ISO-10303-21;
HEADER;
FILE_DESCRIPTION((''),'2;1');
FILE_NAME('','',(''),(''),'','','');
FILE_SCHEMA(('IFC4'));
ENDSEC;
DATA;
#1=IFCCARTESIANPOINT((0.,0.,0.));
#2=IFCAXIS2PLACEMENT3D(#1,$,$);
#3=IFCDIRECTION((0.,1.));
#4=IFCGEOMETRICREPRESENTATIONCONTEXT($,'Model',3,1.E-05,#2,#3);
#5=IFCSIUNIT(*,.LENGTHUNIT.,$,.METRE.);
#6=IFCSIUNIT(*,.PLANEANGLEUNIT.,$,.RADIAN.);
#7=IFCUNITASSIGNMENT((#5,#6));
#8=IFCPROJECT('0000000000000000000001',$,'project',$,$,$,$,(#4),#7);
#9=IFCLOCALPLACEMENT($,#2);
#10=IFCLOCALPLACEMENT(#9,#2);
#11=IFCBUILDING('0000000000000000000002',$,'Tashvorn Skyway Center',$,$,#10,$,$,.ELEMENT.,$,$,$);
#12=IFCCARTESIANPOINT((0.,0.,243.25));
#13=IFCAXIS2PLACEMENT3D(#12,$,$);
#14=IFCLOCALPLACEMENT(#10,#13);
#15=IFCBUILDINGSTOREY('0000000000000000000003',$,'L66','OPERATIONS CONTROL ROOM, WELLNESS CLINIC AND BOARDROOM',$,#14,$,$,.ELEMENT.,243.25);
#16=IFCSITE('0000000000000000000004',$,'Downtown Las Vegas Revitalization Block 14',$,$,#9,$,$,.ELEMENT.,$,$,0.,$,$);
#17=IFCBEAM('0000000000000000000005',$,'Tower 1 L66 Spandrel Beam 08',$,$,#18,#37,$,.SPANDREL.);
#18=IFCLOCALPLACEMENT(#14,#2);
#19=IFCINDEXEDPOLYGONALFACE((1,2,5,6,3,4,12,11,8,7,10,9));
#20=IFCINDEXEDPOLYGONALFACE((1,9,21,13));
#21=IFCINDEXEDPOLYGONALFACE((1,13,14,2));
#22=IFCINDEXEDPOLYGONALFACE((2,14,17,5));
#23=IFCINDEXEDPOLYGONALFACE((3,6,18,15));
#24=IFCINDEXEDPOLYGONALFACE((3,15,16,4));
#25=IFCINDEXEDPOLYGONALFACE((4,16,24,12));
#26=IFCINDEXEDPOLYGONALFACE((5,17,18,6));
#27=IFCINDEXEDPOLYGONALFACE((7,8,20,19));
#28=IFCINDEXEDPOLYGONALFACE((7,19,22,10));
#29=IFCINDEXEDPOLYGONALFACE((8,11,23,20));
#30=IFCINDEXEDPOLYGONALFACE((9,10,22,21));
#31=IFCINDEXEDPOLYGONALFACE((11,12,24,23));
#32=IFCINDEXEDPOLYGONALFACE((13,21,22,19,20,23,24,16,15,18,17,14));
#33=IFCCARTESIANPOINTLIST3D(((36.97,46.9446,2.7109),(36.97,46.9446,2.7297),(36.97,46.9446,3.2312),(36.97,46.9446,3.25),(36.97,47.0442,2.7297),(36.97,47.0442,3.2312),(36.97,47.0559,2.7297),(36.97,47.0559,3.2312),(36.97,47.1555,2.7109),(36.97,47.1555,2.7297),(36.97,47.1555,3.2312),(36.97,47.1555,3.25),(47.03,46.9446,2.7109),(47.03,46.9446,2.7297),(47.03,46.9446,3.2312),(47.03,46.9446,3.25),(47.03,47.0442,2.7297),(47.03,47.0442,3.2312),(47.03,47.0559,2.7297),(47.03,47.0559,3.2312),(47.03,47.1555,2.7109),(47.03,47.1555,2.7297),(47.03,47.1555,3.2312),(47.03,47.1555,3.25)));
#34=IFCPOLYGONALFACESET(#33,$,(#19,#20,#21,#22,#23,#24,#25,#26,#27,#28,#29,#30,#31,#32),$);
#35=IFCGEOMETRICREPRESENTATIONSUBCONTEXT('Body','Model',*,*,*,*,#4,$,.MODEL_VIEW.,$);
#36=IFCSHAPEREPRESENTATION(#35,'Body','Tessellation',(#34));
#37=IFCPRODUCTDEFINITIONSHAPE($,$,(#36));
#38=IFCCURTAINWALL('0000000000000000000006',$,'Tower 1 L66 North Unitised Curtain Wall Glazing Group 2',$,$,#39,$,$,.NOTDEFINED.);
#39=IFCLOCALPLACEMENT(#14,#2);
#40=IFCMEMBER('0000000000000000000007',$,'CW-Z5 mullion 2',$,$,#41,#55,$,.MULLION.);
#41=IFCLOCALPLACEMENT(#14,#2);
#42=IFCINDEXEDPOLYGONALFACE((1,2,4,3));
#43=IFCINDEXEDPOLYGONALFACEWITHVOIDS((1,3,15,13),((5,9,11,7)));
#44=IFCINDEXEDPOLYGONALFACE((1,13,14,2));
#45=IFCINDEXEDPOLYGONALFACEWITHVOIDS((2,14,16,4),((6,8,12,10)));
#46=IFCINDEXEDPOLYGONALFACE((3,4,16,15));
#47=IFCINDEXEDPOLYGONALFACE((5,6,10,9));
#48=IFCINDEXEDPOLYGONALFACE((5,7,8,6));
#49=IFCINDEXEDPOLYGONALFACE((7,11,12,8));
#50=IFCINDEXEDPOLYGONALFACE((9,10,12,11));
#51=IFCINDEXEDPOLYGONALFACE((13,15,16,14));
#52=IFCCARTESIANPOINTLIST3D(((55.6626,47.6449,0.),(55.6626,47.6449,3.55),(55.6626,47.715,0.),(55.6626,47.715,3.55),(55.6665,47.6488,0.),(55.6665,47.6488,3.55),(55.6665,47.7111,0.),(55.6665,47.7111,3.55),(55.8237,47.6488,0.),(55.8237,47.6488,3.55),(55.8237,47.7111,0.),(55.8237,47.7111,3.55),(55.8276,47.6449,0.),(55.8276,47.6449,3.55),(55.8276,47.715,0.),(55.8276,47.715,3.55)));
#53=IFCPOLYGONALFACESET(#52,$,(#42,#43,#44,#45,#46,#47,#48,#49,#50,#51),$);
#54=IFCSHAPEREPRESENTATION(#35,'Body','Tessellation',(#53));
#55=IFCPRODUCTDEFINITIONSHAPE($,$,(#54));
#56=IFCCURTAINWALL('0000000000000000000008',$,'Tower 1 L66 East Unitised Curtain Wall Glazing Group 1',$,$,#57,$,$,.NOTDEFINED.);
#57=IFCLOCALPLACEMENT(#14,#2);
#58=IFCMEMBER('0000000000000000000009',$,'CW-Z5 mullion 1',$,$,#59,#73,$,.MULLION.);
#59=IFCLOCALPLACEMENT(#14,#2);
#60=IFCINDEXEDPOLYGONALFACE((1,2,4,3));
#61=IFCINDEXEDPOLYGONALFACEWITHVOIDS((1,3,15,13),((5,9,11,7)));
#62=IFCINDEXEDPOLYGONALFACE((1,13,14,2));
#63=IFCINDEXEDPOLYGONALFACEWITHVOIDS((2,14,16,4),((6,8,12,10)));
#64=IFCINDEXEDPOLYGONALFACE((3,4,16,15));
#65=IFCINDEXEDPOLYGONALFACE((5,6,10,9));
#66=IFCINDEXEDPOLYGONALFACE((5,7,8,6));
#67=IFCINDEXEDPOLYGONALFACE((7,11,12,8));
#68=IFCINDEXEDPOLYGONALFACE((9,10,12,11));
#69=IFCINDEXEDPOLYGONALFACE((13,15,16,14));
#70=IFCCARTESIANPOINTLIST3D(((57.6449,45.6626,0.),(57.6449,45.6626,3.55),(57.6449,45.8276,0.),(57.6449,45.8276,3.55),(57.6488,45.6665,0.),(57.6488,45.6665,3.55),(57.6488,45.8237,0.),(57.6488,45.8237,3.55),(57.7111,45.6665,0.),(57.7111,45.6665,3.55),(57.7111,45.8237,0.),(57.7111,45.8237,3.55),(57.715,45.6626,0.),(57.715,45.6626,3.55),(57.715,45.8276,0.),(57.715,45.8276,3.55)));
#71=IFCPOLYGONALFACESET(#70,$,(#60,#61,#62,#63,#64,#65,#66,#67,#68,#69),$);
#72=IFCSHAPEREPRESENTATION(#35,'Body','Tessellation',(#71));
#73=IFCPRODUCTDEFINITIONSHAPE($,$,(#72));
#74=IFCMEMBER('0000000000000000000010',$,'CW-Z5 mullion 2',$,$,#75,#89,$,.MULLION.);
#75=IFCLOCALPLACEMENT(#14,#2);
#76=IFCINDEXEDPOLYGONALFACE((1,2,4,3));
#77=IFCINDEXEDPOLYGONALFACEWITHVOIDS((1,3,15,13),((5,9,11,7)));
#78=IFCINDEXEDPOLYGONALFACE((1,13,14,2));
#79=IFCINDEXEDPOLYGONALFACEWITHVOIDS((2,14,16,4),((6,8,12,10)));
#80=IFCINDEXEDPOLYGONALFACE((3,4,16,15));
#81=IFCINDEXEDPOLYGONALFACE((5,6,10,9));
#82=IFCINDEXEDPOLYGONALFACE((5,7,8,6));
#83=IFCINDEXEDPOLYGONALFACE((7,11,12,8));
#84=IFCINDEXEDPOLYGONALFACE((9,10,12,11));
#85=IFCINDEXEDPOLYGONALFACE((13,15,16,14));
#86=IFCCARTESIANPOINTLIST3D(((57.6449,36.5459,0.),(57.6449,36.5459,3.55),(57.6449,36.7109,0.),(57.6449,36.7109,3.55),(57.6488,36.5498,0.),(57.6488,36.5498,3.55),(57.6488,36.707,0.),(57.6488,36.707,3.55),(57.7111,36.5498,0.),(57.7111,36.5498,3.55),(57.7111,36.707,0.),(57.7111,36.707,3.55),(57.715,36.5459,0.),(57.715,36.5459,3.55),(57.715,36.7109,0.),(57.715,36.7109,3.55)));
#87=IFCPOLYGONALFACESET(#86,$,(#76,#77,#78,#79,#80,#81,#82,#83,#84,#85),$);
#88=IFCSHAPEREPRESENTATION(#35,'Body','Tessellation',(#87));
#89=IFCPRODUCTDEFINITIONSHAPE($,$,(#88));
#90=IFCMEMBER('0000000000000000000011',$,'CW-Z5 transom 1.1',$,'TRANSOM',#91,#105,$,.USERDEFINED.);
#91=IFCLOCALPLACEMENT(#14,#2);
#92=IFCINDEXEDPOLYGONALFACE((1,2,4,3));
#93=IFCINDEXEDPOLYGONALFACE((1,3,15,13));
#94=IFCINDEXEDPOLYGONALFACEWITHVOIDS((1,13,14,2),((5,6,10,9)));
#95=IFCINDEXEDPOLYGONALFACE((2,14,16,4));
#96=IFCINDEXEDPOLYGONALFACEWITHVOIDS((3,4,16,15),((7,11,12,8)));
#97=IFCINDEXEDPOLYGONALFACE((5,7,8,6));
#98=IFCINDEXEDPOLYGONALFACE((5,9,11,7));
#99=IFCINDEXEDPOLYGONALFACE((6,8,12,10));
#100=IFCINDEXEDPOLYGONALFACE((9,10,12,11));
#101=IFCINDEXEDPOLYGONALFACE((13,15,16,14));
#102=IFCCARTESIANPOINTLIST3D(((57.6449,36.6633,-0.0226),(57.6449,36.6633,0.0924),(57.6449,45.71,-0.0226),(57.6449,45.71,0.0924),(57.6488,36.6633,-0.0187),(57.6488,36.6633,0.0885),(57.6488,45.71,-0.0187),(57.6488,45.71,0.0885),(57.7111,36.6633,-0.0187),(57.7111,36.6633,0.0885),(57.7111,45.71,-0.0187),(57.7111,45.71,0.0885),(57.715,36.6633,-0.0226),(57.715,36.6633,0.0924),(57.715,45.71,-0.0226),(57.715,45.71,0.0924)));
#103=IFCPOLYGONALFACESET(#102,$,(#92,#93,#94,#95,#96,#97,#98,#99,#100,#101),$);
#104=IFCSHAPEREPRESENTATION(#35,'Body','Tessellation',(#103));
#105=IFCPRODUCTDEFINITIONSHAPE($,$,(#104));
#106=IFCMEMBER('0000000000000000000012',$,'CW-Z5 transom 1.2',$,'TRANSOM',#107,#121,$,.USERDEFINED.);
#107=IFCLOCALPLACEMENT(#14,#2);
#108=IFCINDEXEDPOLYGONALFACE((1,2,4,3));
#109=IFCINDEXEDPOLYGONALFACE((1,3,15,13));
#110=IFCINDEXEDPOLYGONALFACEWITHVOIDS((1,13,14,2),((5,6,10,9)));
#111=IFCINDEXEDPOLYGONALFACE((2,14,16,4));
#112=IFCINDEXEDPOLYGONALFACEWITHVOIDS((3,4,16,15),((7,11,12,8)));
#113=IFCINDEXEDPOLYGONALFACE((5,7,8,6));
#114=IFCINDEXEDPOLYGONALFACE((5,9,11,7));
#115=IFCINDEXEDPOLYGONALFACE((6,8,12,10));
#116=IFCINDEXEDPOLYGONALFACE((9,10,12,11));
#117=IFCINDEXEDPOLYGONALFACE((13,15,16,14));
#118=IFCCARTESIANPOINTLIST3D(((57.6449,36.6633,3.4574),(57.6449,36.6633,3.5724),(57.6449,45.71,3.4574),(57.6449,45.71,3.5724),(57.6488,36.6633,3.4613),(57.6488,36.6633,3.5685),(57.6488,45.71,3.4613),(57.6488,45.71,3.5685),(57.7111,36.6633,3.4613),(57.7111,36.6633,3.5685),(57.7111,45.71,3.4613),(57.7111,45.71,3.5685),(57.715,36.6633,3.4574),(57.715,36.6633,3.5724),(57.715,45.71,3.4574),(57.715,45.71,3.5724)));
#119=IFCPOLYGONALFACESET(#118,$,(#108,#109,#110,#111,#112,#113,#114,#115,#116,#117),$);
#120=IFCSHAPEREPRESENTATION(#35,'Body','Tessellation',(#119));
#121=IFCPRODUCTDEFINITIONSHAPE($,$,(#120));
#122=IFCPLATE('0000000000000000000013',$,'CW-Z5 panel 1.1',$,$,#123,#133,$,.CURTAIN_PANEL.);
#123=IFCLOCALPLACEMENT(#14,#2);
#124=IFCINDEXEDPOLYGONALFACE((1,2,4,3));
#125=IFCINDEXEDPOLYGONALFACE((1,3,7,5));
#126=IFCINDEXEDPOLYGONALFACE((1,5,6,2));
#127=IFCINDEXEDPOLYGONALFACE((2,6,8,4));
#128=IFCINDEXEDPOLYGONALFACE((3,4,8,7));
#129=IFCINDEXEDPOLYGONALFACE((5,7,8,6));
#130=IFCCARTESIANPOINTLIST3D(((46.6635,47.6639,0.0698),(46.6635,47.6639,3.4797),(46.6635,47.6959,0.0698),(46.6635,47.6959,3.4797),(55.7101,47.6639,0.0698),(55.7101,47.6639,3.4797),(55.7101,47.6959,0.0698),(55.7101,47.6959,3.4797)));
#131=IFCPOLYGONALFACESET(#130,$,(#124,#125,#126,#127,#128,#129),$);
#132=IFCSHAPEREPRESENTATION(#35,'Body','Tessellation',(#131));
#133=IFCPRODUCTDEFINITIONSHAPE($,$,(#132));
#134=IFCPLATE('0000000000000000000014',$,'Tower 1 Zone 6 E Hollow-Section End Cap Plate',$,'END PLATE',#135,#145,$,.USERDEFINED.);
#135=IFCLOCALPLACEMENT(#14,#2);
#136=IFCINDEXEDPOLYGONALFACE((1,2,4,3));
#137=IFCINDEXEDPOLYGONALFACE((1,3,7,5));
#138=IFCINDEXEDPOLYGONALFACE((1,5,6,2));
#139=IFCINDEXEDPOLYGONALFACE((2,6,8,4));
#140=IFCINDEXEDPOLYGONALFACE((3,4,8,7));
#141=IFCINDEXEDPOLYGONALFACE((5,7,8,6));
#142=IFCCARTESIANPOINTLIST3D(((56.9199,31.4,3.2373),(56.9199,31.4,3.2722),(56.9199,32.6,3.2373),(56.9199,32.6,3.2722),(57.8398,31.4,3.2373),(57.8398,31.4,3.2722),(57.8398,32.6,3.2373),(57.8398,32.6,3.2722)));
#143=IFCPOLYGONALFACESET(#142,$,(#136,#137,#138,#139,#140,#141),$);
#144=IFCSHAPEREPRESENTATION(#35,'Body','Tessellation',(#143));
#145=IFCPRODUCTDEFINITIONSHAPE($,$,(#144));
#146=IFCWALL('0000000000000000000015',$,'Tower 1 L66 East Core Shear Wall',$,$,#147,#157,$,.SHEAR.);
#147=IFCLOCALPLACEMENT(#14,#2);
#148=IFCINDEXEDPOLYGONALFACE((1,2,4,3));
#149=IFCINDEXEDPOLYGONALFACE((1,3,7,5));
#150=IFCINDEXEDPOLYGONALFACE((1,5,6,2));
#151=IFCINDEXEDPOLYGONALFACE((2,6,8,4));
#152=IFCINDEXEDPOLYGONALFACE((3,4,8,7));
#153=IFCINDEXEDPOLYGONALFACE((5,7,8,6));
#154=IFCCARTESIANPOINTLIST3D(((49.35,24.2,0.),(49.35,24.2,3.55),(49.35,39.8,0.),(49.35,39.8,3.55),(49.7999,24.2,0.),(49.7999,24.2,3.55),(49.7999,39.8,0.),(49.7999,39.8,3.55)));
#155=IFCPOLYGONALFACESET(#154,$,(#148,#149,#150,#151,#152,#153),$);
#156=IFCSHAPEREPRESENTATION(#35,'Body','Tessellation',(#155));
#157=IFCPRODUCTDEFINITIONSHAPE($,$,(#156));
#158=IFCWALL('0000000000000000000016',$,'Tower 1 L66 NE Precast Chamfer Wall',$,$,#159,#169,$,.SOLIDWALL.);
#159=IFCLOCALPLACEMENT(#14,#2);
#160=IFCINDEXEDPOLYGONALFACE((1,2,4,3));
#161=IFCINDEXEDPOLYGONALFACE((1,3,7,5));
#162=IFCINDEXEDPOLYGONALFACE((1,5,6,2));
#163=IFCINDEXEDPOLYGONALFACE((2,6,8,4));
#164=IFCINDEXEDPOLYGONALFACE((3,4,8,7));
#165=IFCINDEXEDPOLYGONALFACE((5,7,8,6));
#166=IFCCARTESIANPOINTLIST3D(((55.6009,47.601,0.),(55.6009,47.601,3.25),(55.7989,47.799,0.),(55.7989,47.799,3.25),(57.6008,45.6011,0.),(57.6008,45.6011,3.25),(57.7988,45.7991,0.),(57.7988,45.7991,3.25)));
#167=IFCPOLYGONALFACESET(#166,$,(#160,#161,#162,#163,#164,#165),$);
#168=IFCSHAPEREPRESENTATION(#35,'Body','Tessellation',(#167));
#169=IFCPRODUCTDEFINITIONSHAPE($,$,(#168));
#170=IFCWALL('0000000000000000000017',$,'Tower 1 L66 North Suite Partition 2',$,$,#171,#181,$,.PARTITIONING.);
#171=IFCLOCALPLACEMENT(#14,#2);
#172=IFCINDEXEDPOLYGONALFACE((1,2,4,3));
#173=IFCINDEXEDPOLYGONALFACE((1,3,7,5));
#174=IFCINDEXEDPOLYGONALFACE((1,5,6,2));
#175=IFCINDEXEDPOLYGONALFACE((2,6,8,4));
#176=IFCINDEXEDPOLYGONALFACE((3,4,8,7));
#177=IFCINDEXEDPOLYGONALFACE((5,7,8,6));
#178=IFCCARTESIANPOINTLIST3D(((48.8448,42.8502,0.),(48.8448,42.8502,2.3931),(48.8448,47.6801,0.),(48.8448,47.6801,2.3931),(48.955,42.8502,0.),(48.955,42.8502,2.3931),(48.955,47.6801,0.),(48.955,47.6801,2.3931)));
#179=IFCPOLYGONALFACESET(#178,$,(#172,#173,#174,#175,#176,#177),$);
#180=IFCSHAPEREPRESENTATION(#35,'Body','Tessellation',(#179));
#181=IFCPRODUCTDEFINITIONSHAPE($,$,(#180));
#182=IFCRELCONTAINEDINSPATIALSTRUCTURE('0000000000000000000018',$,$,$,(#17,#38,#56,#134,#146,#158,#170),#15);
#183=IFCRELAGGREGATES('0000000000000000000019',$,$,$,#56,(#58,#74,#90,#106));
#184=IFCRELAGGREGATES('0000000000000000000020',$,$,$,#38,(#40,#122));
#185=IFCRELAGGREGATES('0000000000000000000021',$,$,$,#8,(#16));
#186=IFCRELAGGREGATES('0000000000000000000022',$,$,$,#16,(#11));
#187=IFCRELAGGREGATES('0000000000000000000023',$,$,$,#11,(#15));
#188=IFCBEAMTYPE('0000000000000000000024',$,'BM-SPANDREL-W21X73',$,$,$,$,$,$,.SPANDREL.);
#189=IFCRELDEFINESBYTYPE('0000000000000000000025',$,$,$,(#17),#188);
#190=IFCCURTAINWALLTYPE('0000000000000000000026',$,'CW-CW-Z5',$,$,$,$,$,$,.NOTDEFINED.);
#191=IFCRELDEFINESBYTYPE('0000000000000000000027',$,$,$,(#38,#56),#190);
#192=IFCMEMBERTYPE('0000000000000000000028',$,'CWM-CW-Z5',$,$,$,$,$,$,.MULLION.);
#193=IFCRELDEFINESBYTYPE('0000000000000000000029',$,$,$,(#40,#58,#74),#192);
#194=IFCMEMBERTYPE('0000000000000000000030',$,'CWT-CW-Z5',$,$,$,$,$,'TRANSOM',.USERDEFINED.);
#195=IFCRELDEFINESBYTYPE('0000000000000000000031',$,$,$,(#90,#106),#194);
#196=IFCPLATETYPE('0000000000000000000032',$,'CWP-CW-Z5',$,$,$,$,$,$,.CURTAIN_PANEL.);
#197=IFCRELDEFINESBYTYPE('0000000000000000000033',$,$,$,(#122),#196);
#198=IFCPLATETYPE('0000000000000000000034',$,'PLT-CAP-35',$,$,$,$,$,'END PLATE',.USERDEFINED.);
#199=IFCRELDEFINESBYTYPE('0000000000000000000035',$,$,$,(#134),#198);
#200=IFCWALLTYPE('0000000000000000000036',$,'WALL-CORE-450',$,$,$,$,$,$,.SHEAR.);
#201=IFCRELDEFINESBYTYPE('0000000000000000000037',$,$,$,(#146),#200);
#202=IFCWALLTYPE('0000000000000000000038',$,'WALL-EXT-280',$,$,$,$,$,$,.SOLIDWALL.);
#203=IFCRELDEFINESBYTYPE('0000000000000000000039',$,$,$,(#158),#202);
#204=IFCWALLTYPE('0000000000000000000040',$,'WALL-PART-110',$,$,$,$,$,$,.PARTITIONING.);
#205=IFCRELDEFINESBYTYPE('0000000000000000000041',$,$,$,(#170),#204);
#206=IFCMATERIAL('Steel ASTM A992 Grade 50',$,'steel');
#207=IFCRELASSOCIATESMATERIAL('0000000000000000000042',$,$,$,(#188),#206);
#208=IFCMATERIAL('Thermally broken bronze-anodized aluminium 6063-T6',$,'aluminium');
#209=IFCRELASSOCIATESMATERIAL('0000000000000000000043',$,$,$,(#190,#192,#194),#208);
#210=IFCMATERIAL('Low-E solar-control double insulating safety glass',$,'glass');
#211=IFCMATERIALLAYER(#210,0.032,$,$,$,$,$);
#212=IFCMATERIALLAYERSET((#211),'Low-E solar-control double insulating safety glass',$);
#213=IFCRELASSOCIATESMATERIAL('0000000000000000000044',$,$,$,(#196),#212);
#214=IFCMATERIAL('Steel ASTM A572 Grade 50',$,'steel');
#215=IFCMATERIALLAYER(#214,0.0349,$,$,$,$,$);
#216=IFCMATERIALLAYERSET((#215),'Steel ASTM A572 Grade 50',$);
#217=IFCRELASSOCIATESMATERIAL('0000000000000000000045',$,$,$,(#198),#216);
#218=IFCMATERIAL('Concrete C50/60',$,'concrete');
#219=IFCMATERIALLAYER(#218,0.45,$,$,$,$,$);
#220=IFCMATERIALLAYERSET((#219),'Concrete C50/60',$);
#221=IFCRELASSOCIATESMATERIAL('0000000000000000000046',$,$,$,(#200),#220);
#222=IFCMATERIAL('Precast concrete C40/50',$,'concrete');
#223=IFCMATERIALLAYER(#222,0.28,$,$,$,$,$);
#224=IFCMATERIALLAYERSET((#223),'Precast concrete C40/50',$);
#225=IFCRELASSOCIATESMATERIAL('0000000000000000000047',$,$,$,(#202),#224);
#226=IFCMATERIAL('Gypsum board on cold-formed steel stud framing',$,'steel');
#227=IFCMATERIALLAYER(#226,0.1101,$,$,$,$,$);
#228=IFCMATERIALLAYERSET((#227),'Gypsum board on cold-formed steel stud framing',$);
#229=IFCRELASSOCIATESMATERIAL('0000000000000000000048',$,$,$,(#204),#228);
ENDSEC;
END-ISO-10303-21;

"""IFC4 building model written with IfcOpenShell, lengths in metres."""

from ifc_helpers import new_model, si_unit, direction, frame, frame_2d, origin, origin_2d, place, context, subcontext, project, spatial, rectangle, hollow_rectangle, i_section, extrude, material, layer, layer_set, material_profile, profile_set, type_object, element, aggregate, save


model = new_model("IFC4")

# Units and contexts
model_context = context("Model", 3, precision=1e-05, world=origin(), true_north=direction((0.0, 1.0)))
body_context = subcontext(model_context, "Body", "Model", "MODEL_VIEW")
ifc_project = project(units=[si_unit("LENGTHUNIT", "METRE"), si_unit("PLANEANGLEUNIT", "RADIAN")], contexts=[model_context])

# Site, building, storey
site_placement = place(None, origin())
site = spatial("IfcSite", under=ifc_project, at=site_placement, Name="Downtown Las Vegas Revitalization Block 14", CompositionType="ELEMENT", RefElevation=0.0)
building_placement = place(site_placement, origin())
building = spatial("IfcBuilding", under=site, at=building_placement, Name="Tashvorn Skyway Center", CompositionType="ELEMENT")
storey_placement = place(building_placement, frame((0.0, 0.0, 243.25)))
storey = spatial("IfcBuildingStorey", under=building, at=storey_placement, Name="L66", Description="OPERATIONS CONTROL ROOM, WELLNESS CLINIC AND BOARDROOM", CompositionType="ELEMENT", Elevation=243.25)

# Shared definitions
ifc_material_1 = material(Name="Steel ASTM A572 Grade 50", Category="steel")

# Beam
ifc_material_2 = material(Name="Steel ASTM A992 Grade 50", Category="steel")
ifc_material_profile_1 = material_profile(ifc_material_2, i_section(OverallWidth=0.2109, OverallDepth=0.5391, WebThickness=0.0117, FlangeThickness=0.0188, at=origin_2d()), Name="W21X73")
ifc_profile_set_1 = profile_set([ifc_material_profile_1], Name="Steel ASTM A992 Grade 50")
beam_type_1 = type_object("IfcBeamType", Name="BM-SPANDREL-W21X73", PredefinedType="SPANDREL", material=ifc_profile_set_1)
beam_1_placement = place(storey_placement, frame((47.03, 47.05, 2.9805), z_axis=(-1.0, 0.0, 0.0), x_axis=(0.0, -1.0, 0.0)))
element("IfcBeam", 1, at=beam_1_placement, inside=storey, type_object=beam_type_1, Name="Tower 1 L66 Spandrel Beam 08", PredefinedType="SPANDREL", context=body_context, shape_type="SweptSolid", body=[
    extrude(i_section(OverallWidth=0.2109, OverallDepth=0.5391, WebThickness=0.0117, FlangeThickness=0.0188, at=origin_2d()), origin(), (0.0, 0.0, 1.0), 10.0601),
])

# Curtain wall, member
ifc_material_3 = material(Name="Thermally broken bronze-anodized aluminium 6063-T6", Category="aluminium")
curtain_wall_type = type_object("IfcCurtainWallType", Name="CW-CW-Z5", PredefinedType="NOTDEFINED", material=ifc_material_3)
curtain_wall_1_placement = place(storey_placement, origin())
curtain_wall_1 = element("IfcCurtainWall", 2, at=curtain_wall_1_placement, inside=storey, type_object=curtain_wall_type, Name="Tower 1 L66 North Unitised Curtain Wall Glazing Group 2", PredefinedType="NOTDEFINED")
ifc_material_profile_2 = material_profile(ifc_material_3, hollow_rectangle(XDim=0.0701, YDim=0.165, WallThickness=0.0039, at=origin_2d()), Name="ALU-MULL-70x165")
ifc_profile_set_2 = profile_set([ifc_material_profile_2], Name="Thermally broken bronze-anodized aluminium 6063-T6")
member_type_1 = type_object("IfcMemberType", Name="CWM-CW-Z5", PredefinedType="MULLION", material=ifc_profile_set_2)
member_1_placement = place(storey_placement, frame((55.7451, 47.6799, 0.0), z_axis=(0.0, 0.0, 1.0), x_axis=(0.0, 1.0, 0.0)))
member_1 = element("IfcMember", 3, at=member_1_placement, type_object=member_type_1, Name="CW-Z5 mullion 2", PredefinedType="MULLION", context=body_context, shape_type="SweptSolid", body=[
    extrude(hollow_rectangle(XDim=0.0701, YDim=0.165, WallThickness=0.0039, at=origin_2d()), origin(), (0.0, 0.0, 1.0), 3.55),
])

# Curtain wall, members
curtain_wall_2_placement = place(storey_placement, origin())
curtain_wall_2 = element("IfcCurtainWall", 4, at=curtain_wall_2_placement, inside=storey, type_object=curtain_wall_type, Name="Tower 1 L66 East Unitised Curtain Wall Glazing Group 1", PredefinedType="NOTDEFINED")
member_2_placement = place(storey_placement, frame((57.6799, 45.7451, 0.0), z_axis=(0.0, 0.0, 1.0), x_axis=(1.0, 0.0, 0.0)))
member_2 = element("IfcMember", 5, at=member_2_placement, type_object=member_type_1, Name="CW-Z5 mullion 1", PredefinedType="MULLION", context=body_context, shape_type="SweptSolid", body=[
    extrude(hollow_rectangle(XDim=0.0701, YDim=0.165, WallThickness=0.0039, at=origin_2d()), origin(), (0.0, 0.0, 1.0), 3.55),
])
member_3_placement = place(storey_placement, frame((57.6799, 36.6284, 0.0), z_axis=(0.0, 0.0, 1.0), x_axis=(1.0, 0.0, 0.0)))
member_3 = element("IfcMember", 6, at=member_3_placement, type_object=member_type_1, Name="CW-Z5 mullion 2", PredefinedType="MULLION", context=body_context, shape_type="SweptSolid", body=[
    extrude(hollow_rectangle(XDim=0.0701, YDim=0.165, WallThickness=0.0039, at=origin_2d()), origin(), (0.0, 0.0, 1.0), 3.55),
])
ifc_material_profile_3 = material_profile(ifc_material_3, hollow_rectangle(XDim=0.0701, YDim=0.115, WallThickness=0.0039, at=origin_2d()), Name="ALU-TRAN-70x115")
ifc_profile_set_3 = profile_set([ifc_material_profile_3], Name="Thermally broken bronze-anodized aluminium 6063-T6")
member_type_2 = type_object("IfcMemberType", Name="CWT-CW-Z5", ElementType="TRANSOM", PredefinedType="USERDEFINED", material=ifc_profile_set_3)
member_4_placement = place(storey_placement, frame((57.6799, 45.71, 0.0349), z_axis=(0.0, -1.0, 0.0), x_axis=(1.0, 0.0, 0.0)))
member_4 = element("IfcMember", 7, at=member_4_placement, type_object=member_type_2, Name="CW-Z5 transom 1.1", ObjectType="TRANSOM", PredefinedType="USERDEFINED", context=body_context, shape_type="SweptSolid", body=[
    extrude(hollow_rectangle(XDim=0.0701, YDim=0.115, WallThickness=0.0039, at=origin_2d()), origin(), (0.0, 0.0, 1.0), 9.0466),
])
member_5_placement = place(storey_placement, frame((57.6799, 45.71, 3.5149), z_axis=(0.0, -1.0, 0.0), x_axis=(1.0, 0.0, 0.0)))
member_5 = element("IfcMember", 8, at=member_5_placement, type_object=member_type_2, Name="CW-Z5 transom 1.2", ObjectType="TRANSOM", PredefinedType="USERDEFINED", context=body_context, shape_type="SweptSolid", body=[
    extrude(hollow_rectangle(XDim=0.0701, YDim=0.115, WallThickness=0.0039, at=origin_2d()), origin(), (0.0, 0.0, 1.0), 9.0466),
])
aggregate(curtain_wall_2, [member_2, member_3, member_4, member_5])

# Plates
ifc_material_4 = material(Name="Low-E solar-control double insulating safety glass", Category="glass")
ifc_layer_1 = layer(ifc_material_4, 0.032)
ifc_layer_set_1 = layer_set([ifc_layer_1], Name="Low-E solar-control double insulating safety glass")
plate_type_1 = type_object("IfcPlateType", Name="CWP-CW-Z5", PredefinedType="CURTAIN_PANEL", material=ifc_layer_set_1)
plate_1_placement = place(storey_placement, frame((51.1868, 47.6799, 0.0698), z_axis=(0.0, 0.0, 1.0), x_axis=(1.0, 0.0, 0.0)))
plate_1 = element("IfcPlate", 9, at=plate_1_placement, type_object=plate_type_1, Name="CW-Z5 panel 1.1", PredefinedType="CURTAIN_PANEL", context=body_context, shape_type="SweptSolid", body=[
    extrude(rectangle(XDim=9.0466, YDim=0.032, at=origin_2d()), origin(), (0.0, 0.0, 1.0), 3.4099),
])
aggregate(curtain_wall_1, [member_1, plate_1])
ifc_layer_2 = layer(ifc_material_1, 0.0349)
ifc_layer_set_2 = layer_set([ifc_layer_2], Name="Steel ASTM A572 Grade 50")
plate_type_2 = type_object("IfcPlateType", Name="PLT-CAP-35", ElementType="END PLATE", PredefinedType="USERDEFINED", material=ifc_layer_set_2)
plate_2_placement = place(storey_placement, frame((57.3799, 32.0, 3.2373), z_axis=(0.0, 0.0, 1.0), x_axis=(0.0, 1.0, 0.0)))
element("IfcPlate", 10, at=plate_2_placement, inside=storey, type_object=plate_type_2, Name="Tower 1 Zone 6 E Hollow-Section End Cap Plate", ObjectType="END PLATE", PredefinedType="USERDEFINED", context=body_context, shape_type="SweptSolid", body=[
    extrude(rectangle(XDim=1.2, YDim=0.9199, at=origin_2d()), origin(), (0.0, 0.0, 1.0), 0.0349),
])

# Walls
ifc_material_5 = material(Name="Concrete C50/60", Category="concrete")
ifc_layer_3 = layer(ifc_material_5, 0.45)
ifc_layer_set_3 = layer_set([ifc_layer_3], Name="Concrete C50/60")
wall_type_1 = type_object("IfcWallType", Name="WALL-CORE-450", PredefinedType="SHEAR", material=ifc_layer_set_3)
wall_1_placement = place(storey_placement, frame((49.575, 39.8, 0.0), z_axis=(0.0, 0.0, 1.0), x_axis=(0.0, -1.0, 0.0)))
element("IfcWall", 11, at=wall_1_placement, inside=storey, type_object=wall_type_1, Name="Tower 1 L66 East Core Shear Wall", PredefinedType="SHEAR", context=body_context, shape_type="SweptSolid", body=[
    extrude(rectangle(XDim=15.6001, YDim=0.45, at=frame_2d((7.8, 0.0))), origin(), (0.0, 0.0, 1.0), 3.55),
])
ifc_material_6 = material(Name="Precast concrete C40/50", Category="concrete")
ifc_layer_4 = layer(ifc_material_6, 0.28)
ifc_layer_set_4 = layer_set([ifc_layer_4], Name="Precast concrete C40/50")
wall_type_2 = type_object("IfcWallType", Name="WALL-EXT-280", PredefinedType="SOLIDWALL", material=ifc_layer_set_4)
wall_2_placement = place(storey_placement, frame((55.7, 47.7, 0.0), z_axis=(0.0, 0.0, 1.0), x_axis=(0.707107, -0.707107, 0.0)))
element("IfcWall", 12, at=wall_2_placement, inside=storey, type_object=wall_type_2, Name="Tower 1 L66 NE Precast Chamfer Wall", PredefinedType="SOLIDWALL", context=body_context, shape_type="SweptSolid", body=[
    extrude(rectangle(XDim=2.8284, YDim=0.28, at=frame_2d((1.4141, 0.0))), origin(), (0.0, 0.0, 1.0), 3.25),
])
ifc_material_7 = material(Name="Gypsum board on cold-formed steel stud framing", Category="steel")
ifc_layer_5 = layer(ifc_material_7, 0.1101)
ifc_layer_set_5 = layer_set([ifc_layer_5], Name="Gypsum board on cold-formed steel stud framing")
wall_type_3 = type_object("IfcWallType", Name="WALL-PART-110", PredefinedType="PARTITIONING", material=ifc_layer_set_5)
wall_3_placement = place(storey_placement, frame((48.8999, 42.8501, 0.0), z_axis=(0.0, 0.0, 1.0), x_axis=(0.0, 1.0, 0.0)))
element("IfcWall", 13, at=wall_3_placement, inside=storey, type_object=wall_type_3, Name="Tower 1 L66 North Suite Partition 2", PredefinedType="PARTITIONING", context=body_context, shape_type="SweptSolid", body=[
    extrude(rectangle(XDim=4.8298, YDim=0.1101, at=frame_2d((2.415, 0.0))), origin(), (0.0, 0.0, 1.0), 2.3931),
])

save(model, "model.ifc")
